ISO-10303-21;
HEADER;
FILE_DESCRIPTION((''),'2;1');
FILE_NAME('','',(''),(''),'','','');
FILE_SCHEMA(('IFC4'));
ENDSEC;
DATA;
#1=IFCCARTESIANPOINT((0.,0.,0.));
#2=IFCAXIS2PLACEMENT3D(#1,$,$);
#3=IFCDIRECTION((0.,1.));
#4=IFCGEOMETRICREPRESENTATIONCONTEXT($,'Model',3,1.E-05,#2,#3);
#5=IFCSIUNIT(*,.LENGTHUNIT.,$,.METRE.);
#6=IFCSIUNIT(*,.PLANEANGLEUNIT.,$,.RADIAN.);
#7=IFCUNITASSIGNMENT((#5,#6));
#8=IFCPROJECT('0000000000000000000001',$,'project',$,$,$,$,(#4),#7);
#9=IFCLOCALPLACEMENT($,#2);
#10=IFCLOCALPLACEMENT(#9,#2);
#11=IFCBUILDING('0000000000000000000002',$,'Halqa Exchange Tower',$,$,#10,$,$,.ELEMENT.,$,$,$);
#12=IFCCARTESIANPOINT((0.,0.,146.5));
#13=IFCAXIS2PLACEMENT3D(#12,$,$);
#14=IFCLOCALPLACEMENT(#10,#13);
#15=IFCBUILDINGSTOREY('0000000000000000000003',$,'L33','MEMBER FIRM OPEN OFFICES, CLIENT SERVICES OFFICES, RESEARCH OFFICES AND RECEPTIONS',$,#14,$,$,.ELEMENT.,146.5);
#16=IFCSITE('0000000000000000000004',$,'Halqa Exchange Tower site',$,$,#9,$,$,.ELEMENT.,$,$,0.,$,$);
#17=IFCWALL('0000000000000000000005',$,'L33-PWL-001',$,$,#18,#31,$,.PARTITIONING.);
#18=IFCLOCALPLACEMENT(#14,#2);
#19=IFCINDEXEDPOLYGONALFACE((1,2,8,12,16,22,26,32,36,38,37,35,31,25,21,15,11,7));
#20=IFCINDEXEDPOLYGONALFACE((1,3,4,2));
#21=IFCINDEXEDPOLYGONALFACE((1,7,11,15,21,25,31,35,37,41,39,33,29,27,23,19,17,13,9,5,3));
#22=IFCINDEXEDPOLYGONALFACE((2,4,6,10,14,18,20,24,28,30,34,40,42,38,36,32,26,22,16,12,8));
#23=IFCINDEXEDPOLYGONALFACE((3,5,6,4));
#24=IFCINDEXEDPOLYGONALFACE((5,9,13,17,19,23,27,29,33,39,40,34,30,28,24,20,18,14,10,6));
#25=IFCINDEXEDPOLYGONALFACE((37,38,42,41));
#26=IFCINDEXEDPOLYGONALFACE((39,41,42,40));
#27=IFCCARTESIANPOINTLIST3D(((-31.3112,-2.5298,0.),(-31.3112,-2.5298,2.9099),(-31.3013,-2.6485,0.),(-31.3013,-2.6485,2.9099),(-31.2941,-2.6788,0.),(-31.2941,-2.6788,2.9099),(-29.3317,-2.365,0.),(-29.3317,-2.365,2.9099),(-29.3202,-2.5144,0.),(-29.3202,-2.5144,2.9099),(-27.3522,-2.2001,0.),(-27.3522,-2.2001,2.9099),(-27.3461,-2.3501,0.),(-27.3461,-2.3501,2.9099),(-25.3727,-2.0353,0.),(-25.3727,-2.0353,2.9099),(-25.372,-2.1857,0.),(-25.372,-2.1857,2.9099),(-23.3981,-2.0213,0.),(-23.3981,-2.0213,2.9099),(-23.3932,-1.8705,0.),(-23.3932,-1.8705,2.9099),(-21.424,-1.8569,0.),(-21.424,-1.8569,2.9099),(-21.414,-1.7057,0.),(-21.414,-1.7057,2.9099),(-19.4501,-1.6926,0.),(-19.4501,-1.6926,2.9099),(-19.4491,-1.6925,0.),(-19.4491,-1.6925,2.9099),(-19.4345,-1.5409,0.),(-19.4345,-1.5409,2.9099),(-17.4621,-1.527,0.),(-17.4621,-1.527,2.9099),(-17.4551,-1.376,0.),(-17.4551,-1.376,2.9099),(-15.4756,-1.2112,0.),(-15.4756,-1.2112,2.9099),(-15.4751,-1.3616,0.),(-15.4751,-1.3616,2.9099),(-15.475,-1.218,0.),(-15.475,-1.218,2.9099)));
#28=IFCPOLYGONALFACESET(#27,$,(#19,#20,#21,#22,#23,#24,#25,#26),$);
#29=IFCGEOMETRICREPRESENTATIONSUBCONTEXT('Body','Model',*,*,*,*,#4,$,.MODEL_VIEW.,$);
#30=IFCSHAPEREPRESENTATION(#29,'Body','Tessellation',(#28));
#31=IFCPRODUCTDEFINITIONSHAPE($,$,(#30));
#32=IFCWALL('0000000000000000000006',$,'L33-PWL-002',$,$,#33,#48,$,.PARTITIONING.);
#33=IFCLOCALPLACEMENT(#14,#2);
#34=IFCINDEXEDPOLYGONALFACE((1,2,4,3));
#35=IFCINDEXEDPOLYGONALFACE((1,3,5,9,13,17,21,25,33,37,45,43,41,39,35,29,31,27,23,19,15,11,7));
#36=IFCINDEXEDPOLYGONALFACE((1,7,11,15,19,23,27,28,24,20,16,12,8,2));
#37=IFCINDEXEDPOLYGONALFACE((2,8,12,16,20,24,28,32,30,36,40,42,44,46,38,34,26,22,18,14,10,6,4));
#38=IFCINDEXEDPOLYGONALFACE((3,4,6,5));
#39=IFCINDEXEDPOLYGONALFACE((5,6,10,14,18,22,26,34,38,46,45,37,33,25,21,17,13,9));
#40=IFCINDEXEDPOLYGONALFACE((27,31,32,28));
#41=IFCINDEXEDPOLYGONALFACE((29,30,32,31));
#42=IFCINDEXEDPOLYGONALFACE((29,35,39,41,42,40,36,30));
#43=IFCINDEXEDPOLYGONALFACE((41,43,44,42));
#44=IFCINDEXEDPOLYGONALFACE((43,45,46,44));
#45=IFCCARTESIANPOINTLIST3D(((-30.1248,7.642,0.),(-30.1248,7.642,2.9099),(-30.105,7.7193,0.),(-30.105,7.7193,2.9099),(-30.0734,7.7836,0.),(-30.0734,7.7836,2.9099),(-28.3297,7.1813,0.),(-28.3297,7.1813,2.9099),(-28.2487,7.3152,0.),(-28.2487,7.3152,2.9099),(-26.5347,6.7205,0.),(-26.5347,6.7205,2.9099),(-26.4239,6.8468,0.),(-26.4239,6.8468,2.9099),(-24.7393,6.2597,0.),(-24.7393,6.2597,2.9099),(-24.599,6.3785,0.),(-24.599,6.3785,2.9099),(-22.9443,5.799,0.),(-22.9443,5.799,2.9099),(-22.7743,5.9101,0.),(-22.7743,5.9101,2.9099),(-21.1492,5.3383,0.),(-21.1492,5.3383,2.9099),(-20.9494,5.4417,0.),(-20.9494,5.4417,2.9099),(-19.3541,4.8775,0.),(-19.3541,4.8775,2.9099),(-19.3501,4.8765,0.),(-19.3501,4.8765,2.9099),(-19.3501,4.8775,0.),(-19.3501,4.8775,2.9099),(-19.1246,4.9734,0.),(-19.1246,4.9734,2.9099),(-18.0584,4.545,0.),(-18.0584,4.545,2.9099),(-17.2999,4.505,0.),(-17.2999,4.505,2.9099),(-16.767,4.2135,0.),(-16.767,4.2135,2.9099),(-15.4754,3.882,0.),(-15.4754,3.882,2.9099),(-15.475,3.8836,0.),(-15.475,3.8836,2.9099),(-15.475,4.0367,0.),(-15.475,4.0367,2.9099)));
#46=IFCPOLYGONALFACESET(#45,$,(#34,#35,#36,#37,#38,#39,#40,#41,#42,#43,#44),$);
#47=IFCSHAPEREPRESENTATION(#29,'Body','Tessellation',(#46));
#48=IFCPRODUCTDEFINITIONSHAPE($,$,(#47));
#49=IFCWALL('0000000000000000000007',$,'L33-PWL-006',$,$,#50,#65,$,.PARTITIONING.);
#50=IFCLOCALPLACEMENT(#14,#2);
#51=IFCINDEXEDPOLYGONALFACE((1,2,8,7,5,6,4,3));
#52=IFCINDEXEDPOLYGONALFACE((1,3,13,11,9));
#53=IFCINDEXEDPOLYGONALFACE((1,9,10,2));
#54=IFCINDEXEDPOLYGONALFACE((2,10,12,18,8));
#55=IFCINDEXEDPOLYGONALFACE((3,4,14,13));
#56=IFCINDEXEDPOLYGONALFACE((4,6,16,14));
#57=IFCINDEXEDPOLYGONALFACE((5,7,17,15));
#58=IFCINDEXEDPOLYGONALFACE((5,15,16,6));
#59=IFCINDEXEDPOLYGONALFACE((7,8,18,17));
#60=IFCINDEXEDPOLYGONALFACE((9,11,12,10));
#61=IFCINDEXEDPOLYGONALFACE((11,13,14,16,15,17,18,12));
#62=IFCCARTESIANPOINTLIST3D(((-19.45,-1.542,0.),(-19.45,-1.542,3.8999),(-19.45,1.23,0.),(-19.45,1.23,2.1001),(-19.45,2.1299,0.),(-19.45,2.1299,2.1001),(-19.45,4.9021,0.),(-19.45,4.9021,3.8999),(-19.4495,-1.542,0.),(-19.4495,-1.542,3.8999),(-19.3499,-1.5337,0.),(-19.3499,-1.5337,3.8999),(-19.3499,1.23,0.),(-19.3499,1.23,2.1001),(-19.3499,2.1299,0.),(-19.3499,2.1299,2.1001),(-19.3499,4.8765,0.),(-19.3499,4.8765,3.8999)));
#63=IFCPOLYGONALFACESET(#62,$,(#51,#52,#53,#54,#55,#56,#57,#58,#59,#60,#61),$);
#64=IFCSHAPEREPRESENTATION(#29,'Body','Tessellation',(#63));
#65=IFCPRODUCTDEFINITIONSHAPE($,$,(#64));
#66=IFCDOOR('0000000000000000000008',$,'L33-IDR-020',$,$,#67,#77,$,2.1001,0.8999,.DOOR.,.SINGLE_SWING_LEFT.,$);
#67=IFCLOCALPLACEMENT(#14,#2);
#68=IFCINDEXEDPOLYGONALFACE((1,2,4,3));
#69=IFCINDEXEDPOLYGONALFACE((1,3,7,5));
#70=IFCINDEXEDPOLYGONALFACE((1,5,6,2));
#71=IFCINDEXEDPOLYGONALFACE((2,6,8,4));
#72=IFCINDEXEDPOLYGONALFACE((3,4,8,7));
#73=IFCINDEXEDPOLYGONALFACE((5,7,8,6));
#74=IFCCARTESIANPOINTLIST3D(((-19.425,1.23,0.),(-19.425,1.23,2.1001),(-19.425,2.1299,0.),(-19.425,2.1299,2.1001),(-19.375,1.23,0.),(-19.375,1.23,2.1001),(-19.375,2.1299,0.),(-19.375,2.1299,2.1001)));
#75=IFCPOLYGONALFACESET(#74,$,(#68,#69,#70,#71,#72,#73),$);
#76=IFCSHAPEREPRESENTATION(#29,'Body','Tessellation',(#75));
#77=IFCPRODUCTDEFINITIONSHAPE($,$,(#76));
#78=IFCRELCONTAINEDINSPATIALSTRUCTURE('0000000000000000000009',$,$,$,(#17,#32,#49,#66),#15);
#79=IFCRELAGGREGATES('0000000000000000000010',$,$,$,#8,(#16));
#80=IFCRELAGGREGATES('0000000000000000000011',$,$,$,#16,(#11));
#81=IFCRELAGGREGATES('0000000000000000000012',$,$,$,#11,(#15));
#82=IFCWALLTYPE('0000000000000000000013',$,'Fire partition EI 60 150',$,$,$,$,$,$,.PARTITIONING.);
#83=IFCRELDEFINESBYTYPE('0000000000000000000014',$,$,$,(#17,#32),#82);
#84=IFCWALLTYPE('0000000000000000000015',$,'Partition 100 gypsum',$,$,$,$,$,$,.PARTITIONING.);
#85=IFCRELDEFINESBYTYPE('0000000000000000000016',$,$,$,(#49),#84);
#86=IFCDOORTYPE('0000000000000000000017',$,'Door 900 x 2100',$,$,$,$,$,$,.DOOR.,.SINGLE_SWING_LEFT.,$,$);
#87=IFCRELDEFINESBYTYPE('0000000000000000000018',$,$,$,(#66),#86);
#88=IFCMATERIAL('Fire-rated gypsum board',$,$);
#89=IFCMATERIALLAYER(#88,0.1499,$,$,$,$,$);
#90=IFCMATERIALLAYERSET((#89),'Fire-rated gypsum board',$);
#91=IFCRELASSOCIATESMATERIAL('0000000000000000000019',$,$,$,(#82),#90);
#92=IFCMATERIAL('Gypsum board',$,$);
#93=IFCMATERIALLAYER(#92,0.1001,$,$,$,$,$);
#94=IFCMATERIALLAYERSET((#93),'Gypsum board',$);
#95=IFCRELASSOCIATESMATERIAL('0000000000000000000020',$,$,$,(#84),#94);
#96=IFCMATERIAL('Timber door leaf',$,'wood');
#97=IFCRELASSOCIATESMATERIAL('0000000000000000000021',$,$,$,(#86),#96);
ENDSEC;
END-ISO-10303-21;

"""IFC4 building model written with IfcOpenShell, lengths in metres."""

from ifc_helpers import new_model, si_unit, direction, frame, frame_2d, origin, place, context, subcontext, project, spatial, polyline, rectangle, outline, extrude, material, layer, layer_set, type_object, element, fill, save


model = new_model("IFC4")

# Units and contexts
model_context = context("Model", 3, precision=1e-05, world=origin(), true_north=direction((0.0, 1.0)))
body_context = subcontext(model_context, "Body", "Model", "MODEL_VIEW")
ifc_project = project(units=[si_unit("LENGTHUNIT", "METRE"), si_unit("PLANEANGLEUNIT", "RADIAN")], contexts=[model_context])

# Site, building, storey
site_placement = place(None, origin())
site = spatial("IfcSite", under=ifc_project, at=site_placement, Name="Halqa Exchange Tower site", CompositionType="ELEMENT", RefElevation=0.0)
building_placement = place(site_placement, origin())
building = spatial("IfcBuilding", under=site, at=building_placement, Name="Halqa Exchange Tower", CompositionType="ELEMENT")
storey_placement = place(building_placement, frame((0.0, 0.0, 146.5)))
storey = spatial("IfcBuildingStorey", under=building, at=storey_placement, Name="L33", Description="MEMBER FIRM OPEN OFFICES, CLIENT SERVICES OFFICES, RESEARCH OFFICES AND RECEPTIONS", CompositionType="ELEMENT", Elevation=146.5)

# Walls
ifc_material_1 = material(Name="Fire-rated gypsum board")
ifc_layer_1 = layer(ifc_material_1, 0.1499)
ifc_layer_set_1 = layer_set([ifc_layer_1], Name="Fire-rated gypsum board")
wall_type_1 = type_object("IfcWallType", Name="Fire partition EI 60 150", PredefinedType="PARTITIONING", material=ifc_layer_set_1)
wall_1_placement = place(storey_placement, frame((-31.3049, -2.6045, 0.0), z_axis=(0.0, 0.0, 1.0), x_axis=(0.996551, 0.082981, 0.0)))
element("IfcWall", 1, at=wall_1_placement, inside=storey, type_object=wall_type_1, Name="L33-PWL-001", PredefinedType="PARTITIONING", context=body_context, shape_type="SweptSolid", body=[
    extrude(outline(polyline([(0.0046, -0.075), (1.9854, -0.075), (3.9663, -0.075), (5.9473, -0.075), (7.928, -0.075), (9.9089, -0.075), (11.8896, -0.075), (11.8896, -0.075), (11.8906, -0.075), (13.8845, -0.075), (15.8784, -0.075), (15.8904, 0.0681), (15.8904, 0.075), (13.9041, 0.075), (11.9177, 0.075), (9.9314, 0.075), (7.9453, 0.075), (5.959, 0.075), (3.9727, 0.075), (1.9863, 0.075), (0.0, 0.075), (0.0, -0.0442), (0.0046, -0.075)])), origin(), (0.0, 0.0, 1.0), 2.9099),
])
wall_2_placement = place(storey_placement, frame((-30.1062, 7.7146, 0.0), z_axis=(0.0, 0.0, 1.0), x_axis=(0.968604, -0.248608, 0.0)))
element("IfcWall", 2, at=wall_2_placement, inside=storey, type_object=wall_type_1, Name="L33-PWL-002", PredefinedType="PARTITIONING", context=body_context, shape_type="SweptSolid", body=[
    extrude(outline(polyline([(0.0, -0.075), (1.8533, -0.075), (3.7065, -0.075), (5.5601, -0.075), (7.4133, -0.075), (9.2666, -0.075), (11.1199, -0.075), (11.1238, -0.074), (11.124, -0.075), (12.4575, -0.075), (13.7908, -0.075), (15.1243, -0.075), (15.1243, -0.0732), (15.0862, 0.075), (13.2021, 0.075), (11.3184, 0.075), (9.4343, 0.075), (7.5503, 0.075), (5.6665, 0.075), (3.7825, 0.075), (1.8984, 0.075), (0.0146, 0.075), (0.0, 0.0049), (0.0, -0.075)])), origin(), (0.0, 0.0, 1.0), 2.9099),
])

# Wall, opening, door
ifc_material_2 = material(Name="Gypsum board")
ifc_layer_2 = layer(ifc_material_2, 0.1001)
ifc_layer_set_2 = layer_set([ifc_layer_2], Name="Gypsum board")
wall_type_2 = type_object("IfcWallType", Name="Partition 100 gypsum", PredefinedType="PARTITIONING", material=ifc_layer_set_2)
wall_3_placement = place(storey_placement, frame((-19.3999, -1.542, 0.0), z_axis=(0.0, 0.0, 1.0), x_axis=(0.0, 1.0, 0.0)))
wall_3 = element("IfcWall", 3, at=wall_3_placement, inside=storey, type_object=wall_type_2, Name="L33-PWL-006", PredefinedType="PARTITIONING", context=body_context, shape_type="SweptSolid", body=[
    extrude(outline(polyline([(0.0083, -0.05), (1.6108, -0.05), (3.2134, -0.05), (4.8159, -0.05), (6.4185, -0.05), (6.4441, 0.05), (4.833, 0.05), (3.2219, 0.05), (1.6111, 0.05), (0.0, 0.05), (0.0, 0.0496), (0.0083, -0.05)])), origin(), (0.0, 0.0, 1.0), 3.8999),
])
opening_1_placement = place(wall_3_placement, frame((2.772, 0.0, 0.0)))
opening_1 = element("IfcOpeningElement", 4, at=opening_1_placement, cuts=wall_3, PredefinedType="OPENING", context=body_context, shape_type="SweptSolid", body=[
    extrude(rectangle(XDim=0.8999, YDim=2.1001, at=frame_2d((0.45, 1.05))), frame((0.0, 0.062, 0.0), z_axis=(0.0, -1.0, 0.0), x_axis=(1.0, 0.0, 0.0)), (0.0, 0.0, 1.0), 0.124),
])
ifc_material_3 = material(Name="Timber door leaf", Category="wood")
door_type_1 = type_object("IfcDoorType", Name="Door 900 x 2100", OperationType="SINGLE_SWING_LEFT", PredefinedType="DOOR", material=ifc_material_3)
door_1_placement = place(opening_1_placement, frame((0.8999, 0.0, 0.0), z_axis=(0.0, 0.0, 1.0), x_axis=(-1.0, 0.0, 0.0)))
door_1 = element("IfcDoor", 5, at=door_1_placement, inside=storey, type_object=door_type_1, Name="L33-IDR-020", OperationType="SINGLE_SWING_LEFT", OverallHeight=2.1001, OverallWidth=0.8999, PredefinedType="DOOR", context=body_context, shape_type="SweptSolid", body=[
    extrude(rectangle(XDim=0.8999, YDim=2.1001, at=frame_2d((0.45, 1.05))), frame((0.0, 0.0249, 0.0), z_axis=(0.0, -1.0, 0.0), x_axis=(1.0, 0.0, 0.0)), (0.0, 0.0, 1.0), 0.05),
])
fill(opening_1, door_1)

save(model, "model.ifc")
